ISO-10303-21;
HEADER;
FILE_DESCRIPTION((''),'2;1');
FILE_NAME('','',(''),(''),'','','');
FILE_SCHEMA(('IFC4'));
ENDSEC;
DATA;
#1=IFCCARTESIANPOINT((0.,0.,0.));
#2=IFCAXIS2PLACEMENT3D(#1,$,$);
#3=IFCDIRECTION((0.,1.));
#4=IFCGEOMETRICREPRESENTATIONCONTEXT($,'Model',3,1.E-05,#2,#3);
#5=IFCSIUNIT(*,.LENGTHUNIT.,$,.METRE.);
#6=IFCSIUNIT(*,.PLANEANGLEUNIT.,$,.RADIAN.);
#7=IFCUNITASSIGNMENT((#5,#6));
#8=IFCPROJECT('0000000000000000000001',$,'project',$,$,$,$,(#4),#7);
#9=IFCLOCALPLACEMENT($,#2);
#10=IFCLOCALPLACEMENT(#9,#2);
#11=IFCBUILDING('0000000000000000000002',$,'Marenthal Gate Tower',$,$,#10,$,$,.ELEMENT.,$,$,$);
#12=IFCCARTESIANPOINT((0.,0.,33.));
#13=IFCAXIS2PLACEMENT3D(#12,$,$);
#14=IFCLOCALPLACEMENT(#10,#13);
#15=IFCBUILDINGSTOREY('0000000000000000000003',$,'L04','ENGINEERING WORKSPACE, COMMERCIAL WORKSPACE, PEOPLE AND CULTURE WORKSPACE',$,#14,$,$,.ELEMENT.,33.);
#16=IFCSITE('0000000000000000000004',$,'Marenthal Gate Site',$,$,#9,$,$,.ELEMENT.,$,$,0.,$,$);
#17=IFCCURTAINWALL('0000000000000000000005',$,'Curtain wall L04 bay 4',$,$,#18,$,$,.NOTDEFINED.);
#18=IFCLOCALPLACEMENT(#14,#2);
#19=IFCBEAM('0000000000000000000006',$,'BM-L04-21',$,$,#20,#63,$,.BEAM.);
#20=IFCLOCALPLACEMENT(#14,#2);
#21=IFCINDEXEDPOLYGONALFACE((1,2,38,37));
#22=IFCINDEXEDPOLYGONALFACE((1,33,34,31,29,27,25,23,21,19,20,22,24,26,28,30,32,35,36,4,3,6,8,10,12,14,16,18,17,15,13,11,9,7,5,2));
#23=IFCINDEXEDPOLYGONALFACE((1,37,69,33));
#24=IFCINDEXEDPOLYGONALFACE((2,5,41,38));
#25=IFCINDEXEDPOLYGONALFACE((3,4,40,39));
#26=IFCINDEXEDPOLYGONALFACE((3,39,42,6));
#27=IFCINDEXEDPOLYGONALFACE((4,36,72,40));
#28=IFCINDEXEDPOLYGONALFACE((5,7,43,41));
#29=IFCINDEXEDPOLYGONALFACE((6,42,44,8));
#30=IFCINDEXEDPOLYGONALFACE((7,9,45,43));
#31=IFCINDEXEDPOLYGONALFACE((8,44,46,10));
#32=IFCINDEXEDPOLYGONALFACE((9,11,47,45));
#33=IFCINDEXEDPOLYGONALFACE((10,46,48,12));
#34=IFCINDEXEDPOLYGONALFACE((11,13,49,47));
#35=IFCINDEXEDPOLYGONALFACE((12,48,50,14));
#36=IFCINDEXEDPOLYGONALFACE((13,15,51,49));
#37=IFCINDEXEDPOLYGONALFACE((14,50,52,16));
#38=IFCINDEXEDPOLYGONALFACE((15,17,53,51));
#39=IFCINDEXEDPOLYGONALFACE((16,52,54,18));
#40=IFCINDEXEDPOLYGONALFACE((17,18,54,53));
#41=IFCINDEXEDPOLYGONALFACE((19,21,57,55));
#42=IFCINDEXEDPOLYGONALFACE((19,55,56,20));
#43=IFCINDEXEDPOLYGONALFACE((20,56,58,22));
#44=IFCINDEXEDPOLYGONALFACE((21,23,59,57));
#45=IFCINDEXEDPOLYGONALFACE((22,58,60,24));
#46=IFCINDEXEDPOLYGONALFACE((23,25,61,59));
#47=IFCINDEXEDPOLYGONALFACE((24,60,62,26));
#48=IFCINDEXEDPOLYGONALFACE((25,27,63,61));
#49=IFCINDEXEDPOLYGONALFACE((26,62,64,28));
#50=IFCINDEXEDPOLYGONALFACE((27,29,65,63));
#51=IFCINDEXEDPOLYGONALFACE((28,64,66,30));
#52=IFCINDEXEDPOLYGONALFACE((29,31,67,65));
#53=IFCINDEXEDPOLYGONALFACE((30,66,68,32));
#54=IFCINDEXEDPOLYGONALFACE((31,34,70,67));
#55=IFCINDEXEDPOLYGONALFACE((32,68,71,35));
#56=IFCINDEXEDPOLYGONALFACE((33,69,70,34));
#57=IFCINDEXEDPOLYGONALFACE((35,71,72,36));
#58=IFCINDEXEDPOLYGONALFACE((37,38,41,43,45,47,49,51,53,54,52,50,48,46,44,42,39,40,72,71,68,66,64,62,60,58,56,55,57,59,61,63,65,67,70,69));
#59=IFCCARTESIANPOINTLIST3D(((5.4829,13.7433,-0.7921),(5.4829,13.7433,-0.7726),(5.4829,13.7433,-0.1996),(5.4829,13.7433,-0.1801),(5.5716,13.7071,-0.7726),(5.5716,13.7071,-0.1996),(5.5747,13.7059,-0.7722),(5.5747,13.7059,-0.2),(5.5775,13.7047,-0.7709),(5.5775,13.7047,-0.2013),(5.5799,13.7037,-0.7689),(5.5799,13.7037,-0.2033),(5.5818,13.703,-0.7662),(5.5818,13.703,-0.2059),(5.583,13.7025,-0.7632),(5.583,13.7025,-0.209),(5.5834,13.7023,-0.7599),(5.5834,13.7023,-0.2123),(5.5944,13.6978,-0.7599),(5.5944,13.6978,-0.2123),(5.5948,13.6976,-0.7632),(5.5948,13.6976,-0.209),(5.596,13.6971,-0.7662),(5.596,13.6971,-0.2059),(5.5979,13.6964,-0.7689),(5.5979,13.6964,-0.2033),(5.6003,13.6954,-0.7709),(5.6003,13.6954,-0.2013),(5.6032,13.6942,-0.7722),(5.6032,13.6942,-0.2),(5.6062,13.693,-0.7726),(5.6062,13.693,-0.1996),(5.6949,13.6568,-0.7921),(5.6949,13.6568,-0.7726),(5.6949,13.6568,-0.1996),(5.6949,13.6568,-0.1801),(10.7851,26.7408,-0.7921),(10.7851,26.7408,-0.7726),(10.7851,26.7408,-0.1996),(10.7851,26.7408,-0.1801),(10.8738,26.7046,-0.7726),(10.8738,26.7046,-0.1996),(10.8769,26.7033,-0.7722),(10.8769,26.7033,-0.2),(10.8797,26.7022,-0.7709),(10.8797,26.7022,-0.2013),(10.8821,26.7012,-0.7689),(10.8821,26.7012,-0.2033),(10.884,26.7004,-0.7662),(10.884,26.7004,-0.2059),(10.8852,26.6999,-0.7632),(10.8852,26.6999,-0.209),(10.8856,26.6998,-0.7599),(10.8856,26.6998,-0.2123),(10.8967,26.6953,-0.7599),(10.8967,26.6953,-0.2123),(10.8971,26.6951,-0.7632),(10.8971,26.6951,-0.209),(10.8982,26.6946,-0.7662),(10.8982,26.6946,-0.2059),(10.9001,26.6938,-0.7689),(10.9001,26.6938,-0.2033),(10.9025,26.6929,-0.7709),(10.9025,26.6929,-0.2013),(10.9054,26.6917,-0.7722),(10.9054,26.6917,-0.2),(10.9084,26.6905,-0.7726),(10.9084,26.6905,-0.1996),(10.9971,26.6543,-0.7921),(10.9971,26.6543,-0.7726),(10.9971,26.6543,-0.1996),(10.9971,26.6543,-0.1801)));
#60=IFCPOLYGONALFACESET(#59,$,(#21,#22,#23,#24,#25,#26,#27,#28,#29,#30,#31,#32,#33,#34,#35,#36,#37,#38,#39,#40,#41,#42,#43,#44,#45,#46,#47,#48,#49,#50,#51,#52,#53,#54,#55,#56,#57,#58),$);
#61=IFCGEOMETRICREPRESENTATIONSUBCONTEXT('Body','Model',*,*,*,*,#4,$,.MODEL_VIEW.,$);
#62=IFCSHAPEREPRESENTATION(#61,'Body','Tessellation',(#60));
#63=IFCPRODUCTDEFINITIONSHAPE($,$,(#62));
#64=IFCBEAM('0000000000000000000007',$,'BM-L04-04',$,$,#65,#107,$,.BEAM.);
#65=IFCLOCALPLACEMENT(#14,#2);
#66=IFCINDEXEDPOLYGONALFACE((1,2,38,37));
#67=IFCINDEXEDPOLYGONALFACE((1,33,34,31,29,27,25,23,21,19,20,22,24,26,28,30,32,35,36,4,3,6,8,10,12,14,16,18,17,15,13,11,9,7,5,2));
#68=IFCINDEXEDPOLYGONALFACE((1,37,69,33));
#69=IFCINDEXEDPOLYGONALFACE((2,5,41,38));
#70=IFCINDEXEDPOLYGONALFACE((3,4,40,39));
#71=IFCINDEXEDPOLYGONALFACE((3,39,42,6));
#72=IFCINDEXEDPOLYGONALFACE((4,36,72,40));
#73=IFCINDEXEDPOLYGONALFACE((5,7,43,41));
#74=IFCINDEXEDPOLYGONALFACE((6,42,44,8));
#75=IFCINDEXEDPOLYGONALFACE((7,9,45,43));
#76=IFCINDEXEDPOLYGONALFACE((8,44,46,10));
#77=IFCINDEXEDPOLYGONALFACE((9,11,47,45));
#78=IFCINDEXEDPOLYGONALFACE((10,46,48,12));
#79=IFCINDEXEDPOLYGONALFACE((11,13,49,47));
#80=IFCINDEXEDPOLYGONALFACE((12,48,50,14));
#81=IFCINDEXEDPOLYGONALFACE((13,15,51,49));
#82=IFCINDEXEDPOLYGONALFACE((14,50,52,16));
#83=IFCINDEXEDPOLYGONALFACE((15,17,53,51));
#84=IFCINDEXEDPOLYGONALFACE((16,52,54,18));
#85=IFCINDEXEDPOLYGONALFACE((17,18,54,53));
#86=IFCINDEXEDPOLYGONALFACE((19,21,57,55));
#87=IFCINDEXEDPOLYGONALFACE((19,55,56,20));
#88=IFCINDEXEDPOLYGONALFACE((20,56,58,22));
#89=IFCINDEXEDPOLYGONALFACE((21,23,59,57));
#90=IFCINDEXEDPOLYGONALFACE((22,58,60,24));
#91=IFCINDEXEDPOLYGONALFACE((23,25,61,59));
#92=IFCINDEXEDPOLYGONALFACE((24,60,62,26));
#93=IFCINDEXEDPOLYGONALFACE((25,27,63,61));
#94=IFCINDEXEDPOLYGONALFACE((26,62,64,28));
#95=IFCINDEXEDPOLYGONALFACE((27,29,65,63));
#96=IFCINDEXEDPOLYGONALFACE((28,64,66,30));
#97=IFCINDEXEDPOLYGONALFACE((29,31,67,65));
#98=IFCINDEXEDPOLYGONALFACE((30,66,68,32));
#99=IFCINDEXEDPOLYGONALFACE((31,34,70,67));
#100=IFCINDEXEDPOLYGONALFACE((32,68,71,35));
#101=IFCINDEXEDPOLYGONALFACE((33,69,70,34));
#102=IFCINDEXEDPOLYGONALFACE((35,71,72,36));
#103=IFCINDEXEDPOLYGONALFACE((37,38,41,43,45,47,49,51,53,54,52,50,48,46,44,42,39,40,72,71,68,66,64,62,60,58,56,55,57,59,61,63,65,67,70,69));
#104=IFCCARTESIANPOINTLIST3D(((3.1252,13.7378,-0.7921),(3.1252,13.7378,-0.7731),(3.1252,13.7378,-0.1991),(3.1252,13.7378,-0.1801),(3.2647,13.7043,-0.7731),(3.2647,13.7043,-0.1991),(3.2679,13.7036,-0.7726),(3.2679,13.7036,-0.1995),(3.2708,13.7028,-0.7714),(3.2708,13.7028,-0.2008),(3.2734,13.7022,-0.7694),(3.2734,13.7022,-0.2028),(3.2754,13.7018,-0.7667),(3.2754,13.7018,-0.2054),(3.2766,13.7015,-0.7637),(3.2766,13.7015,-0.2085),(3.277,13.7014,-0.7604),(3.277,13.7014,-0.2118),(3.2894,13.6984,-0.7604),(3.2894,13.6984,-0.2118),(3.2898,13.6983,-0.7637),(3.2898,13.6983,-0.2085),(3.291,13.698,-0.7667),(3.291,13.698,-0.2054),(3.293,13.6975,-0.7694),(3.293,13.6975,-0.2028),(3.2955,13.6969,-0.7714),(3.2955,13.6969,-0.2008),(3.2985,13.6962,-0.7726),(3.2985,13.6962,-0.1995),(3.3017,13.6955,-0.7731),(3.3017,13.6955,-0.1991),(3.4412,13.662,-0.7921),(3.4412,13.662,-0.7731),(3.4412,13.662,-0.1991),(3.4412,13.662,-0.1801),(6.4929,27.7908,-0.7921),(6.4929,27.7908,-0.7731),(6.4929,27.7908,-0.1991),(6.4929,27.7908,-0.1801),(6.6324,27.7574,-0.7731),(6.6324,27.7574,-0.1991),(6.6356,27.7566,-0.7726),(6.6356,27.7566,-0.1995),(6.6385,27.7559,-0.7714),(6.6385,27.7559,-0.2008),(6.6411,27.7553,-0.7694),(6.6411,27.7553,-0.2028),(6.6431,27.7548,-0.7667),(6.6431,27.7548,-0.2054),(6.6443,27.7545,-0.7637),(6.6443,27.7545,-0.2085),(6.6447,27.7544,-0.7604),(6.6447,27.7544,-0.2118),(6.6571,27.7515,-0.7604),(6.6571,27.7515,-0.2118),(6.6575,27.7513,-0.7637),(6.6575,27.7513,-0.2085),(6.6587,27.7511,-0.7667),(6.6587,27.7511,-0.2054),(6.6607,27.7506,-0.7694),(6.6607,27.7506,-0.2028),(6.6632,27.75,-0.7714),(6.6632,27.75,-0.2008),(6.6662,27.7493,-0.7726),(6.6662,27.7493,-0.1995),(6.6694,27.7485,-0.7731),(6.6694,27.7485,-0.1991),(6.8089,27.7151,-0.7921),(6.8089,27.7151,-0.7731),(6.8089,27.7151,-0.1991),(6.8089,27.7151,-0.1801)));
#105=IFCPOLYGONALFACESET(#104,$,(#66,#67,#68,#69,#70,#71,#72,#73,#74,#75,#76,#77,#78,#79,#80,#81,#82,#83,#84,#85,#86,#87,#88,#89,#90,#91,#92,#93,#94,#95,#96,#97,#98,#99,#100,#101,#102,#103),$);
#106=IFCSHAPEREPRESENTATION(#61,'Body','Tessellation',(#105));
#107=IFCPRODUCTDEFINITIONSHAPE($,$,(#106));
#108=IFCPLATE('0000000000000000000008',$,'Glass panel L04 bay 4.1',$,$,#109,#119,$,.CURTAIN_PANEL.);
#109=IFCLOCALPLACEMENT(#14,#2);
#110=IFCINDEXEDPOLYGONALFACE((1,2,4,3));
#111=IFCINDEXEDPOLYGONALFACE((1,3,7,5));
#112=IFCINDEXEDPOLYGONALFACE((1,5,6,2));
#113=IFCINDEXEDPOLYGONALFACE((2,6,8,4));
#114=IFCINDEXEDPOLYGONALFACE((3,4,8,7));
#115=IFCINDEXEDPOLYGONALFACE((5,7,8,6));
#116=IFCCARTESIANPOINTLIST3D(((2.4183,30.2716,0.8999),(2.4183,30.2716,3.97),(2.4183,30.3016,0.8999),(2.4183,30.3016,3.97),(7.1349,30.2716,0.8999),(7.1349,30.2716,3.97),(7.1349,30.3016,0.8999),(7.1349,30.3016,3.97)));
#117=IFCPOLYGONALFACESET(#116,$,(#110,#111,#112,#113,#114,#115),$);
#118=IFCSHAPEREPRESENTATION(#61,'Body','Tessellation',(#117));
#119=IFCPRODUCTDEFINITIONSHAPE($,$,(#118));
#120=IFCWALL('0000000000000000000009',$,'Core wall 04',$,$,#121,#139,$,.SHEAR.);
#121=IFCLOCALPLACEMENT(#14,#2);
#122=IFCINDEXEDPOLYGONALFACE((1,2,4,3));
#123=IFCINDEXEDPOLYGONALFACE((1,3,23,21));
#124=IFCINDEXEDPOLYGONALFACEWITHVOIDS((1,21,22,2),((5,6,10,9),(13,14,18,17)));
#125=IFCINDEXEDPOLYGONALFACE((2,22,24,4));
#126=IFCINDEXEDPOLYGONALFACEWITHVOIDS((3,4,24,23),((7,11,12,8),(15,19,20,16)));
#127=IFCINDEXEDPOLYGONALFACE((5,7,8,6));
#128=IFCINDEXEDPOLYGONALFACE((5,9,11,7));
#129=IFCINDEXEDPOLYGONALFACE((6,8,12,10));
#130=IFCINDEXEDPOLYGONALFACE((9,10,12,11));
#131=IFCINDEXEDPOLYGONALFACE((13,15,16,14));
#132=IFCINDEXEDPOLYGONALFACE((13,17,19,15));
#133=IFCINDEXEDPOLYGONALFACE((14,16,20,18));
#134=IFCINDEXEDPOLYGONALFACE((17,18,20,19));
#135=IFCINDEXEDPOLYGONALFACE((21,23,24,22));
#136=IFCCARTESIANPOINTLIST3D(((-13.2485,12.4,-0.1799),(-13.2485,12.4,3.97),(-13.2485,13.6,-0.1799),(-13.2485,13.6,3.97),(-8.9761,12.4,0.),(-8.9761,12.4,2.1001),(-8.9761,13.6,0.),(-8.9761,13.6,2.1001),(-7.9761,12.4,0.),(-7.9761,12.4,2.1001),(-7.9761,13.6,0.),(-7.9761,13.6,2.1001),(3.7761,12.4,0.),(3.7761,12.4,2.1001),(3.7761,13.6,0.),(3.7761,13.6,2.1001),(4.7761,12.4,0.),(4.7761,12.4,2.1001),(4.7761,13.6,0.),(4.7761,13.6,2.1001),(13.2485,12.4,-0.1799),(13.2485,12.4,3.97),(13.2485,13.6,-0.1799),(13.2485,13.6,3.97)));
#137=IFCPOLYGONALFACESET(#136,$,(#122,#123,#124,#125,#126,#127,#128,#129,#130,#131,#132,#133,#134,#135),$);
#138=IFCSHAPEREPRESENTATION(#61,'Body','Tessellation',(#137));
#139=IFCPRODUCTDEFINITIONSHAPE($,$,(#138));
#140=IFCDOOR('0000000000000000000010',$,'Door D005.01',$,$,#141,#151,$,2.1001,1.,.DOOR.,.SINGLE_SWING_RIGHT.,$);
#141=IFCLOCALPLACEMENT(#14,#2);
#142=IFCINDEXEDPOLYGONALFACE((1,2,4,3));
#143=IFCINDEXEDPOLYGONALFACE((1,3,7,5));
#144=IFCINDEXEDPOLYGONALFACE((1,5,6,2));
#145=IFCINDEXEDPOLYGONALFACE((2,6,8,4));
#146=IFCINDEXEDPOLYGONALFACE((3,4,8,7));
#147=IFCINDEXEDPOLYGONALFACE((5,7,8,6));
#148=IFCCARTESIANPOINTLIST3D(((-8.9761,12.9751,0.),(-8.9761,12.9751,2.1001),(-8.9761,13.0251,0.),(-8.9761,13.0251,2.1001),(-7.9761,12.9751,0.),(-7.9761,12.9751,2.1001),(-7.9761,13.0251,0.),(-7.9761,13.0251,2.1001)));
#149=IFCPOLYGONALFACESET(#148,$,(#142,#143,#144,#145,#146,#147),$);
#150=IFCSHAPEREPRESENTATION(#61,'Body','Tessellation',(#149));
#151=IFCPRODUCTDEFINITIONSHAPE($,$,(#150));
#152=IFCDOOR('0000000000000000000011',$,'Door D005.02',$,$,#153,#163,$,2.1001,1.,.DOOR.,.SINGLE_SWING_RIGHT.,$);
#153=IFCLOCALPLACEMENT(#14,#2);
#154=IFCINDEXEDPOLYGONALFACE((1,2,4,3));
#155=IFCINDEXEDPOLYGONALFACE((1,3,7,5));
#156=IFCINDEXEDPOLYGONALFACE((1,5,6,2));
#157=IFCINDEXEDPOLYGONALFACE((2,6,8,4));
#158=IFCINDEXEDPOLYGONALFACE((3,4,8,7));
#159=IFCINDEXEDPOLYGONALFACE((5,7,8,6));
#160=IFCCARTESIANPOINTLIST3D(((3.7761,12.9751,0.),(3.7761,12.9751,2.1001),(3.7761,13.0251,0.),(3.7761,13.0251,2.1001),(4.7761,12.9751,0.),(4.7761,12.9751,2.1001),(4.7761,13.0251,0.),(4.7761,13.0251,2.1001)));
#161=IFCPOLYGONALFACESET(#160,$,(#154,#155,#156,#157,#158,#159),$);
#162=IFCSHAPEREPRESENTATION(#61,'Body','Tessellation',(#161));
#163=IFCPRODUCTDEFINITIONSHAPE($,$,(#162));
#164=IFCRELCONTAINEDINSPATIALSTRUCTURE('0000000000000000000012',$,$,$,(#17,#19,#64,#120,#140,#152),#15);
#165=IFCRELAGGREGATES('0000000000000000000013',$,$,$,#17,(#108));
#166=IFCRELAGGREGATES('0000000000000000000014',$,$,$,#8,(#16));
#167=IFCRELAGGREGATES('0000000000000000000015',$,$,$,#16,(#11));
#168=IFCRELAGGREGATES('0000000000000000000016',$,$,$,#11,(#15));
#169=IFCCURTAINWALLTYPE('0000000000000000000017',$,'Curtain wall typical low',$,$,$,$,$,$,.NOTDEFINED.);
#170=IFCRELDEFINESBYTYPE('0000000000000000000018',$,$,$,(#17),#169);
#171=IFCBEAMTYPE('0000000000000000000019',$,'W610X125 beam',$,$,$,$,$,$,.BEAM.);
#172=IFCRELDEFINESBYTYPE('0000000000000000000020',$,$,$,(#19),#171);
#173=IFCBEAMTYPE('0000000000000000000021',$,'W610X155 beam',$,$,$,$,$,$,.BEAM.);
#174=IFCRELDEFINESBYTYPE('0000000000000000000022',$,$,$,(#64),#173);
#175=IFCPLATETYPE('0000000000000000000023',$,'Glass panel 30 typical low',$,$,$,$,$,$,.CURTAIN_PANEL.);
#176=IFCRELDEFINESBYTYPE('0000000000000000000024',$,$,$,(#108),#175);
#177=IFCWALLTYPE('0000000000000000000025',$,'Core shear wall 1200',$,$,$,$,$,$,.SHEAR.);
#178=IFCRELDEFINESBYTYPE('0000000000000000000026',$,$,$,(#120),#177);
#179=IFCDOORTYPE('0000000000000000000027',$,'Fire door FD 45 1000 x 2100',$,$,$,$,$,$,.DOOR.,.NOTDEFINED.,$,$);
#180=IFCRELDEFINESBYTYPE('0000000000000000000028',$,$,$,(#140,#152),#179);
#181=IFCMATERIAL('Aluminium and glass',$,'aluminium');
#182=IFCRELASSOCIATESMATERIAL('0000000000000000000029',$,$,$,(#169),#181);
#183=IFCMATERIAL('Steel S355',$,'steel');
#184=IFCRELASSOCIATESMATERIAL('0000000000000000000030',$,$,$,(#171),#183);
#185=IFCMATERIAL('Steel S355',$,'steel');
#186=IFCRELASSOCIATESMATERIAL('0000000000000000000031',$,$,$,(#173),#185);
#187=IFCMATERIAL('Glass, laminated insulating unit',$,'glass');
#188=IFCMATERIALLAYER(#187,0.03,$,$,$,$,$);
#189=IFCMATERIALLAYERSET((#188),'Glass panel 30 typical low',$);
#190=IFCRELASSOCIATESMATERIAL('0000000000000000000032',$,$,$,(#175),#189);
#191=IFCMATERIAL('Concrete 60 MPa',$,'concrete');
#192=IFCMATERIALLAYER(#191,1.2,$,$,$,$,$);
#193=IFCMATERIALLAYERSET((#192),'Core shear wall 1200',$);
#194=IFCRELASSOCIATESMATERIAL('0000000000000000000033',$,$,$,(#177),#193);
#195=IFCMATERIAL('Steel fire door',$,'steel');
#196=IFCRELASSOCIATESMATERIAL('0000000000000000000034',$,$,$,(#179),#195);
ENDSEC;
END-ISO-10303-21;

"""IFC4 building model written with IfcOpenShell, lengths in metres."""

from ifc_helpers import new_model, si_unit, direction, frame, frame_2d, origin, origin_2d, place, context, subcontext, project, spatial, rectangle, i_section, extrude, material, layer, layer_set, material_profile, profile_set, type_object, element, fill, aggregate, save


model = new_model("IFC4")

# Units and contexts
model_context = context("Model", 3, precision=1e-05, world=origin(), true_north=direction((0.0, 1.0)))
body_context = subcontext(model_context, "Body", "Model", "MODEL_VIEW")
ifc_project = project(units=[si_unit("LENGTHUNIT", "METRE"), si_unit("PLANEANGLEUNIT", "RADIAN")], contexts=[model_context])

# Site, building, storey
site_placement = place(None, origin())
site = spatial("IfcSite", under=ifc_project, at=site_placement, Name="Marenthal Gate Site", CompositionType="ELEMENT", RefElevation=0.0)
building_placement = place(site_placement, origin())
building = spatial("IfcBuilding", under=site, at=building_placement, Name="Marenthal Gate Tower", CompositionType="ELEMENT")
storey_placement = place(building_placement, frame((0.0, 0.0, 33.0)))
storey = spatial("IfcBuildingStorey", under=building, at=storey_placement, Name="L04", Description="ENGINEERING WORKSPACE, COMMERCIAL WORKSPACE, PEOPLE AND CULTURE WORKSPACE", CompositionType="ELEMENT", Elevation=33.0)

# Shared definitions
ifc_material_1 = material(Name="Aluminium and glass", Category="aluminium")
curtain_wall_type = type_object("IfcCurtainWallType", Name="Curtain wall typical low", PredefinedType="NOTDEFINED", material=ifc_material_1)

# Curtain wall
curtain_wall_1_placement = place(storey_placement, origin())
curtain_wall_1 = element("IfcCurtainWall", 1, at=curtain_wall_1_placement, inside=storey, type_object=curtain_wall_type, Name="Curtain wall L04 bay 4", PredefinedType="NOTDEFINED")

# Beams
ifc_material_2 = material(Name="Steel S355", Category="steel")
ifc_material_profile_1 = material_profile(ifc_material_2, i_section(OverallWidth=0.229, OverallDepth=0.6121, WebThickness=0.012, FlangeThickness=0.0195, FilletRadius=0.0127, at=origin_2d()), Name="W610X125")
ifc_profile_set_1 = profile_set([ifc_material_profile_1], Name="Steel S355")
beam_type_1 = type_object("IfcBeamType", Name="W610X125 beam", PredefinedType="BEAM", material=ifc_profile_set_1)
beam_1_placement = place(storey_placement, frame((10.8911, 26.6975, -0.4861), z_axis=(-0.377721, -0.925919, 0.0), x_axis=(0.925919, -0.377721, 0.0)))
element("IfcBeam", 2, at=beam_1_placement, inside=storey, type_object=beam_type_1, Name="BM-L04-21", PredefinedType="BEAM", context=body_context, shape_type="SweptSolid", body=[
    extrude(i_section(OverallWidth=0.229, OverallDepth=0.6121, WebThickness=0.012, FlangeThickness=0.0195, FilletRadius=0.0127, at=origin_2d()), origin(), (0.0, 0.0, 1.0), 14.0374),
])
ifc_material_3 = material(Name="Steel S355", Category="steel")
ifc_material_profile_2 = material_profile(ifc_material_3, i_section(OverallWidth=0.325, OverallDepth=0.6121, WebThickness=0.0127, FlangeThickness=0.019, FilletRadius=0.0127, at=origin_2d()), Name="W610X155")
ifc_profile_set_2 = profile_set([ifc_material_profile_2], Name="Steel S355")
beam_type_2 = type_object("IfcBeamType", Name="W610X155 beam", PredefinedType="BEAM", material=ifc_profile_set_2)
beam_2_placement = place(storey_placement, frame((6.6509, 27.7529, -0.4861), z_axis=(-0.233043, -0.972466, 0.0), x_axis=(0.972466, -0.233043, 0.0)))
element("IfcBeam", 3, at=beam_2_placement, inside=storey, type_object=beam_type_2, Name="BM-L04-04", PredefinedType="BEAM", context=body_context, shape_type="SweptSolid", body=[
    extrude(i_section(OverallWidth=0.325, OverallDepth=0.6121, WebThickness=0.0127, FlangeThickness=0.019, FilletRadius=0.0127, at=origin_2d()), origin(), (0.0, 0.0, 1.0), 14.4509),
])

# Plate
ifc_material_4 = material(Name="Glass, laminated insulating unit", Category="glass")
ifc_layer_1 = layer(ifc_material_4, 0.03)
ifc_layer_set_1 = layer_set([ifc_layer_1], Name="Glass panel 30 typical low")
plate_type = type_object("IfcPlateType", Name="Glass panel 30 typical low", PredefinedType="CURTAIN_PANEL", material=ifc_layer_set_1)
plate_placement = place(storey_placement, frame((4.7766, 30.2866, 0.8999), z_axis=(0.0, 0.0, 1.0), x_axis=(-1.0, 0.0, 0.0)))
plate = element("IfcPlate", 4, at=plate_placement, type_object=plate_type, Name="Glass panel L04 bay 4.1", PredefinedType="CURTAIN_PANEL", context=body_context, shape_type="SweptSolid", body=[
    extrude(rectangle(XDim=4.7166, YDim=0.03, at=origin_2d()), origin(), (0.0, 0.0, 1.0), 3.0701),
])
aggregate(curtain_wall_1, [plate])

# Wall, openings, doors
ifc_material_5 = material(Name="Concrete 60 MPa", Category="concrete")
ifc_layer_2 = layer(ifc_material_5, 1.2)
ifc_layer_set_2 = layer_set([ifc_layer_2], Name="Core shear wall 1200")
wall_type_1 = type_object("IfcWallType", Name="Core shear wall 1200", PredefinedType="SHEAR", material=ifc_layer_set_2)
wall_1_placement = place(storey_placement, frame((13.2485, 13.0, -0.1799), z_axis=(0.0, 0.0, 1.0), x_axis=(-1.0, 0.0, 0.0)))
wall_1 = element("IfcWall", 5, at=wall_1_placement, inside=storey, type_object=wall_type_1, Name="Core wall 04", PredefinedType="SHEAR", context=body_context, shape_type="SweptSolid", body=[
    extrude(rectangle(XDim=26.4971, YDim=1.2, at=frame_2d((13.2485, 0.0))), origin(), (0.0, 0.0, 1.0), 4.1499),
])
opening_1_placement = place(wall_1_placement, frame((21.2246, 0.0, 0.1799)))
opening_1 = element("IfcOpeningElement", 6, at=opening_1_placement, cuts=wall_1, PredefinedType="OPENING", context=body_context, shape_type="SweptSolid", body=[
    extrude(rectangle(XDim=1.0, YDim=2.1001, at=frame_2d((0.5, 1.05))), frame((0.0, 0.6099, 0.0), z_axis=(0.0, -1.0, 0.0), x_axis=(1.0, 0.0, 0.0)), (0.0, 0.0, 1.0), 1.22),
])
opening_2_placement = place(wall_1_placement, frame((8.4724, 0.0, 0.1799)))
opening_2 = element("IfcOpeningElement", 7, at=opening_2_placement, cuts=wall_1, PredefinedType="OPENING", context=body_context, shape_type="SweptSolid", body=[
    extrude(rectangle(XDim=1.0, YDim=2.1001, at=frame_2d((0.5, 1.05))), frame((0.0, 0.6099, 0.0), z_axis=(0.0, -1.0, 0.0), x_axis=(1.0, 0.0, 0.0)), (0.0, 0.0, 1.0), 1.22),
])
ifc_material_6 = material(Name="Steel fire door", Category="steel")
door_type_1 = type_object("IfcDoorType", Name="Fire door FD 45 1000 x 2100", OperationType="NOTDEFINED", PredefinedType="DOOR", material=ifc_material_6)
door_1_placement = place(opening_1_placement, origin())
door_1 = element("IfcDoor", 8, at=door_1_placement, inside=storey, type_object=door_type_1, Name="Door D005.01", OperationType="SINGLE_SWING_RIGHT", OverallHeight=2.1001, OverallWidth=1.0, PredefinedType="DOOR", context=body_context, shape_type="SweptSolid", body=[
    extrude(rectangle(XDim=1.0, YDim=2.1001, at=frame_2d((0.5, 1.05))), frame((0.0, 0.0249, 0.0), z_axis=(0.0, -1.0, 0.0), x_axis=(1.0, 0.0, 0.0)), (0.0, 0.0, 1.0), 0.05),
])
fill(opening_1, door_1)
door_2_placement = place(opening_2_placement, origin())
door_2 = element("IfcDoor", 9, at=door_2_placement, inside=storey, type_object=door_type_1, Name="Door D005.02", OperationType="SINGLE_SWING_RIGHT", OverallHeight=2.1001, OverallWidth=1.0, PredefinedType="DOOR", context=body_context, shape_type="SweptSolid", body=[
    extrude(rectangle(XDim=1.0, YDim=2.1001, at=frame_2d((0.5, 1.05))), frame((0.0, 0.0249, 0.0), z_axis=(0.0, -1.0, 0.0), x_axis=(1.0, 0.0, 0.0)), (0.0, 0.0, 1.0), 0.05),
])
fill(opening_2, door_2)

save(model, "model.ifc")
